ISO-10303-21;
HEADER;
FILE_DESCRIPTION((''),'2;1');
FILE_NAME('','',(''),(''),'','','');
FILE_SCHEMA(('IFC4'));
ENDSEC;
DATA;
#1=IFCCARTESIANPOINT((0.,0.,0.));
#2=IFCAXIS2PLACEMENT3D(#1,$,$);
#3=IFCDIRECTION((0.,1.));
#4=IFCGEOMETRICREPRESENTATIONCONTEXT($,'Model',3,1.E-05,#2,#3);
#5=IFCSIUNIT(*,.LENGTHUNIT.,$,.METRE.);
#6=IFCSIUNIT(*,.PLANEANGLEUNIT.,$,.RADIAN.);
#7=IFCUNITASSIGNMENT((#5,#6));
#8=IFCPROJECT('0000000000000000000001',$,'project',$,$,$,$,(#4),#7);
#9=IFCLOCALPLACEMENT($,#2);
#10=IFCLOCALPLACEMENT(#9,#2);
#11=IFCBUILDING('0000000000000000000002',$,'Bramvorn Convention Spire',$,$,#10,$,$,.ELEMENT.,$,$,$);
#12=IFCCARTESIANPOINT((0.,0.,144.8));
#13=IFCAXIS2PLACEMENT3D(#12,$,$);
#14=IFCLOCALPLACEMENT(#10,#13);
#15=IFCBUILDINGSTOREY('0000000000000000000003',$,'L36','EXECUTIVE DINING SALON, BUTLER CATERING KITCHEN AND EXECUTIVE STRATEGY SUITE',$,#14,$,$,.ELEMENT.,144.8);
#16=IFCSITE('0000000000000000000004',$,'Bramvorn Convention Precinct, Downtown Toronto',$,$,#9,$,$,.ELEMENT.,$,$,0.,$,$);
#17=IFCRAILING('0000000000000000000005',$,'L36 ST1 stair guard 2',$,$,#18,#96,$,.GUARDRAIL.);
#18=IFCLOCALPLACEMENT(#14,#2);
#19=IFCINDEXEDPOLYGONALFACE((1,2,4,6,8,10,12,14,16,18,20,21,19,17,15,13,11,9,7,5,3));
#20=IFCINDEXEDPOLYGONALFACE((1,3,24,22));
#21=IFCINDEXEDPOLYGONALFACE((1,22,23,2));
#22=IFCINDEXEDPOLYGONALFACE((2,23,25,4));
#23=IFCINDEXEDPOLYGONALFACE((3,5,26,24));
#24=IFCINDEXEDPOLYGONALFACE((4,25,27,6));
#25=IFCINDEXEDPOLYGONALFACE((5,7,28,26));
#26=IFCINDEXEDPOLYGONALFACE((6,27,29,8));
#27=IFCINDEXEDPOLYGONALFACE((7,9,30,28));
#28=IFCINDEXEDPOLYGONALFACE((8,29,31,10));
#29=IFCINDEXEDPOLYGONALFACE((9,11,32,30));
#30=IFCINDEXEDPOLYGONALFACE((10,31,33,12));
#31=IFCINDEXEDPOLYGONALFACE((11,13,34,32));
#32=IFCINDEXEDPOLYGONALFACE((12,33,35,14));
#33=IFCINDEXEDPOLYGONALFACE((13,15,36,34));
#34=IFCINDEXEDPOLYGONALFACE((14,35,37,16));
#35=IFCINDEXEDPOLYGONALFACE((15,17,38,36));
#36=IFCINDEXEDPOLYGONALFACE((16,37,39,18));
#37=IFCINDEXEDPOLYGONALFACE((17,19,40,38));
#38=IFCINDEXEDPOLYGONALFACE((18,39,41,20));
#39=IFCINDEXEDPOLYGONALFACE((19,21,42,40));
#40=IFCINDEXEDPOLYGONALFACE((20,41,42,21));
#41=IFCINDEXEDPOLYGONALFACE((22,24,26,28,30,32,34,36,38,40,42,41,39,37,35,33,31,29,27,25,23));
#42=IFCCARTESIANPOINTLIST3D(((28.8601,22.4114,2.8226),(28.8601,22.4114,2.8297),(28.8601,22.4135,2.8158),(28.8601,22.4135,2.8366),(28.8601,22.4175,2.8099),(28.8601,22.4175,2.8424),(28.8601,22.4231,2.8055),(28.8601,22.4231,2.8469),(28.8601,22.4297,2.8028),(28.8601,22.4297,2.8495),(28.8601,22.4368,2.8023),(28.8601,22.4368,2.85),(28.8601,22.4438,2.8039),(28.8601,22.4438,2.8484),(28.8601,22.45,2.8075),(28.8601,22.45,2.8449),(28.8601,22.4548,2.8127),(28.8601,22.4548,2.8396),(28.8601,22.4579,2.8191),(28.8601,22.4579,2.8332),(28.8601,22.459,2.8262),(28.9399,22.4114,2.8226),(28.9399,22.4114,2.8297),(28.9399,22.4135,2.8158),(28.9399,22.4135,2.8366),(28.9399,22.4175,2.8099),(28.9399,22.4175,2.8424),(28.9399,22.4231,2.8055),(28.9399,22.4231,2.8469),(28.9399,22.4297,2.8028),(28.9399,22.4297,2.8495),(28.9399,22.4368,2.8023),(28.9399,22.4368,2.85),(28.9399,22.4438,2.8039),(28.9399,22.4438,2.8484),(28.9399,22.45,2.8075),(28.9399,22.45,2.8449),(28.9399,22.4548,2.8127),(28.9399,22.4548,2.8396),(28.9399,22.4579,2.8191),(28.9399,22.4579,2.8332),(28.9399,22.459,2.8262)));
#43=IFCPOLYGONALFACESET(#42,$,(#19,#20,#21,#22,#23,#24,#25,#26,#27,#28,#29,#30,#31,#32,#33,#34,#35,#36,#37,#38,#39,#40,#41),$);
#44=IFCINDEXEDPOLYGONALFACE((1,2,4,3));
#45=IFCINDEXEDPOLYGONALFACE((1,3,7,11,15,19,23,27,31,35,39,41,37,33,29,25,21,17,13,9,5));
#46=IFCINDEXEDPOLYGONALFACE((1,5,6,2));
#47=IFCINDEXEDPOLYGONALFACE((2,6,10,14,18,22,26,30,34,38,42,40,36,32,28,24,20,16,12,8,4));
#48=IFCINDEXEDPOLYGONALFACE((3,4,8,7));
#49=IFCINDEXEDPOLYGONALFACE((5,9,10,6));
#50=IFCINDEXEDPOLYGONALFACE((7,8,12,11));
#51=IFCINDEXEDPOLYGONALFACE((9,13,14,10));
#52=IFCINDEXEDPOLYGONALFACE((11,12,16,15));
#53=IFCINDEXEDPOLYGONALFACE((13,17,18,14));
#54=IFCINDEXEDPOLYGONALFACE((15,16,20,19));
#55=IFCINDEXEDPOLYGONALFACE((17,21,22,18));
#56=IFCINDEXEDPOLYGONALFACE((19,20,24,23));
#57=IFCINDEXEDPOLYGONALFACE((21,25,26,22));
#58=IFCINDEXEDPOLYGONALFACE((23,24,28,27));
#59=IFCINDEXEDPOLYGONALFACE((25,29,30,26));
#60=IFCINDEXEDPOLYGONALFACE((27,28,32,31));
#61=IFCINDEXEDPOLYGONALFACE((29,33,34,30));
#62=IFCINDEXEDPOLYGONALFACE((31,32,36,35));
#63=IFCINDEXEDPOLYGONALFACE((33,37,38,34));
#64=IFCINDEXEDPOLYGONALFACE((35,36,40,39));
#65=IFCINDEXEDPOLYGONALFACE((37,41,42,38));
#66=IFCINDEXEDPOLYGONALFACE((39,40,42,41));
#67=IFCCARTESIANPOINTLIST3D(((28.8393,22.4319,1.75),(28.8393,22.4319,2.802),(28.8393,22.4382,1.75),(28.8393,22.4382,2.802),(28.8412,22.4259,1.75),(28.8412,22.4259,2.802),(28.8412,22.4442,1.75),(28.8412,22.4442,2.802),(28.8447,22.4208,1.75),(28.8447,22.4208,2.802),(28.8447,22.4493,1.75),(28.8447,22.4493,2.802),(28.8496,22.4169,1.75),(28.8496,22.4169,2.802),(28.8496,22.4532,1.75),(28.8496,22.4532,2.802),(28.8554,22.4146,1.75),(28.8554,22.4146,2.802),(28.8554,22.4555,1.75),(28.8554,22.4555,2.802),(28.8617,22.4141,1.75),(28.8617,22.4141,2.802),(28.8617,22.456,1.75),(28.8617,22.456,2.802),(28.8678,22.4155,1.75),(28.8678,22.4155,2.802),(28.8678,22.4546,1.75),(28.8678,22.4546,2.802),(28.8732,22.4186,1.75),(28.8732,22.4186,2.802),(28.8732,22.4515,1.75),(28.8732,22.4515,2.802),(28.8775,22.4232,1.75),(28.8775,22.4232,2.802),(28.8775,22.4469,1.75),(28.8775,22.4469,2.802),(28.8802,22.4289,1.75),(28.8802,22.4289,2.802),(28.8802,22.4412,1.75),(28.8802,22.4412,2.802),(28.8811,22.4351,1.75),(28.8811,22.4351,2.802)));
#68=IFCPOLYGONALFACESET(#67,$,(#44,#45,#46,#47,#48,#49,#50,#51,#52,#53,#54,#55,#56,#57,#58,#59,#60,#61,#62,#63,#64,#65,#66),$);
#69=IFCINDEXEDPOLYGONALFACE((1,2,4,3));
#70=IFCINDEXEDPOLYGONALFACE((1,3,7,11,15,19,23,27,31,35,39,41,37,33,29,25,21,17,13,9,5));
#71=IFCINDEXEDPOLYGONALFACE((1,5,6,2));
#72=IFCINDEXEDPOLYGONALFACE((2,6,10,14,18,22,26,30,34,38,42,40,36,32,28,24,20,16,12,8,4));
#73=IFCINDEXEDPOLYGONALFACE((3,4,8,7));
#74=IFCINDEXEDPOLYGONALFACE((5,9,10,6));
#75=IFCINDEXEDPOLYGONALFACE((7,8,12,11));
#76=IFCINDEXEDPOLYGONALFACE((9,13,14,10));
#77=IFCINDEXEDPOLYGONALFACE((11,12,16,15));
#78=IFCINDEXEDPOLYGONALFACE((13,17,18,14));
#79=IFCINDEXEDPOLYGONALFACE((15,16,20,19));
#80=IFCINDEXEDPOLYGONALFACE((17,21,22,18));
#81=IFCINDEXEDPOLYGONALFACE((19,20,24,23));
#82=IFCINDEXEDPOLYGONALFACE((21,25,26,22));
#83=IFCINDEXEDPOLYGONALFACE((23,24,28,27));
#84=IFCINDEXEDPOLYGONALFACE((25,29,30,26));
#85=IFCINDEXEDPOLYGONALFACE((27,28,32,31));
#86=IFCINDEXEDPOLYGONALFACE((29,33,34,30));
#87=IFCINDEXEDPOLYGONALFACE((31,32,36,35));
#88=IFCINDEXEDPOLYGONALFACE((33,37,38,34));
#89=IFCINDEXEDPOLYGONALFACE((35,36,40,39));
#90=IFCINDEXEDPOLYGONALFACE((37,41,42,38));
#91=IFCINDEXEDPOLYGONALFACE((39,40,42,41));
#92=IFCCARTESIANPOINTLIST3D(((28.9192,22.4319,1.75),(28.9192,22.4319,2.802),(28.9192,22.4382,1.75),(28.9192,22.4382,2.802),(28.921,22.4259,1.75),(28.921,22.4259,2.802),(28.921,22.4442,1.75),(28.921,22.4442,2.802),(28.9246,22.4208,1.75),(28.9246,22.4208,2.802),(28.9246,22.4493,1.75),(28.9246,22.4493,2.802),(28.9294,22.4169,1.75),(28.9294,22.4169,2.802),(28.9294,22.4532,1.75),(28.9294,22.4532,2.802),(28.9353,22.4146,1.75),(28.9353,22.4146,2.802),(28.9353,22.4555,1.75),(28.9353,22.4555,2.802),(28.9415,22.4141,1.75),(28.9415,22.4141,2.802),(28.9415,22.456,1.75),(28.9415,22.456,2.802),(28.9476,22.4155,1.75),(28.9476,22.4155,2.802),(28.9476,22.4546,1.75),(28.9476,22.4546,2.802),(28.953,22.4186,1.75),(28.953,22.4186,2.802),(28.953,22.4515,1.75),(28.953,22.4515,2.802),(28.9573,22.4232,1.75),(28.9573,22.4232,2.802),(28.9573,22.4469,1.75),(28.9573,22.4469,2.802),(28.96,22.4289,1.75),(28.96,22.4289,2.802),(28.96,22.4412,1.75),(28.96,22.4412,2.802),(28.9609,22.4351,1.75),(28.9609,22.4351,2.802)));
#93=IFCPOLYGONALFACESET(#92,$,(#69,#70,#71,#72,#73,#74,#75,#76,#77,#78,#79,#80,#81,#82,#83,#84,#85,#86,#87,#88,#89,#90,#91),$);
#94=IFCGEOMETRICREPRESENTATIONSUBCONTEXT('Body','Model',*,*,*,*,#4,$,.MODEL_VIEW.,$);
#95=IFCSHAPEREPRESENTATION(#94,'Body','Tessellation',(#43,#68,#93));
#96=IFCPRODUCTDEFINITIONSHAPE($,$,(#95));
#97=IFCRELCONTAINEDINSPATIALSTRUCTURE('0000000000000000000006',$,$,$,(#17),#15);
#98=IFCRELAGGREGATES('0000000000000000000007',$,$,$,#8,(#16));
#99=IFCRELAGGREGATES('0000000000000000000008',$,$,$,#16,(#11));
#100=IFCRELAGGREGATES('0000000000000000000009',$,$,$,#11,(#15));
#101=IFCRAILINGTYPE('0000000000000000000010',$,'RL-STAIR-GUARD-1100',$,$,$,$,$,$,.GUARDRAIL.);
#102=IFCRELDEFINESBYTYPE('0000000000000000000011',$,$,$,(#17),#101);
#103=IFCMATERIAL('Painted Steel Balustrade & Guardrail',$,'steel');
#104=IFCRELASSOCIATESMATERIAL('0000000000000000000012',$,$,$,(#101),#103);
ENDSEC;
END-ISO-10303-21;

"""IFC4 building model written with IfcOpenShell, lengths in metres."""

from ifc_helpers import new_model, si_unit, direction, frame, origin, origin_2d, place, context, subcontext, project, spatial, circle, extrude, material, type_object, element, save


model = new_model("IFC4")

# Units and contexts
model_context = context("Model", 3, precision=1e-05, world=origin(), true_north=direction((0.0, 1.0)))
body_context = subcontext(model_context, "Body", "Model", "MODEL_VIEW")
ifc_project = project(units=[si_unit("LENGTHUNIT", "METRE"), si_unit("PLANEANGLEUNIT", "RADIAN")], contexts=[model_context])

# Site, building, storey
site_placement = place(None, origin())
site = spatial("IfcSite", under=ifc_project, at=site_placement, Name="Bramvorn Convention Precinct, Downtown Toronto", CompositionType="ELEMENT", RefElevation=0.0)
building_placement = place(site_placement, origin())
building = spatial("IfcBuilding", under=site, at=building_placement, Name="Bramvorn Convention Spire", CompositionType="ELEMENT")
storey_placement = place(building_placement, frame((0.0, 0.0, 144.8)))
storey = spatial("IfcBuildingStorey", under=building, at=storey_placement, Name="L36", Description="EXECUTIVE DINING SALON, BUTLER CATERING KITCHEN AND EXECUTIVE STRATEGY SUITE", CompositionType="ELEMENT", Elevation=144.8)

# Railing
ifc_material_1 = material(Name="Painted Steel Balustrade & Guardrail", Category="steel")
railing_type_1 = type_object("IfcRailingType", Name="RL-STAIR-GUARD-1100", PredefinedType="GUARDRAIL", material=ifc_material_1)
railing_1_placement = place(storey_placement, frame((28.8601, 22.4351, 1.75)))
element("IfcRailing", 1, at=railing_1_placement, inside=storey, type_object=railing_type_1, Name="L36 ST1 stair guard 2", PredefinedType="GUARDRAIL", context=body_context, shape_type="SweptSolid", body=[
    extrude(circle(Radius=0.0239, at=origin_2d()), frame((0.0, 0.0, 1.0762), z_axis=(1.0, 0.0, 0.0), x_axis=(0.0, 1.0, 0.0)), (0.0, 0.0, 1.0), 0.0798),
    extrude(circle(Radius=0.021, at=origin_2d()), origin(), (0.0, 0.0, 1.0), 1.052),
    extrude(circle(Radius=0.021, at=origin_2d()), frame((0.0798, 0.0, 0.0)), (0.0, 0.0, 1.0), 1.052),
])

save(model, "model.ifc")
